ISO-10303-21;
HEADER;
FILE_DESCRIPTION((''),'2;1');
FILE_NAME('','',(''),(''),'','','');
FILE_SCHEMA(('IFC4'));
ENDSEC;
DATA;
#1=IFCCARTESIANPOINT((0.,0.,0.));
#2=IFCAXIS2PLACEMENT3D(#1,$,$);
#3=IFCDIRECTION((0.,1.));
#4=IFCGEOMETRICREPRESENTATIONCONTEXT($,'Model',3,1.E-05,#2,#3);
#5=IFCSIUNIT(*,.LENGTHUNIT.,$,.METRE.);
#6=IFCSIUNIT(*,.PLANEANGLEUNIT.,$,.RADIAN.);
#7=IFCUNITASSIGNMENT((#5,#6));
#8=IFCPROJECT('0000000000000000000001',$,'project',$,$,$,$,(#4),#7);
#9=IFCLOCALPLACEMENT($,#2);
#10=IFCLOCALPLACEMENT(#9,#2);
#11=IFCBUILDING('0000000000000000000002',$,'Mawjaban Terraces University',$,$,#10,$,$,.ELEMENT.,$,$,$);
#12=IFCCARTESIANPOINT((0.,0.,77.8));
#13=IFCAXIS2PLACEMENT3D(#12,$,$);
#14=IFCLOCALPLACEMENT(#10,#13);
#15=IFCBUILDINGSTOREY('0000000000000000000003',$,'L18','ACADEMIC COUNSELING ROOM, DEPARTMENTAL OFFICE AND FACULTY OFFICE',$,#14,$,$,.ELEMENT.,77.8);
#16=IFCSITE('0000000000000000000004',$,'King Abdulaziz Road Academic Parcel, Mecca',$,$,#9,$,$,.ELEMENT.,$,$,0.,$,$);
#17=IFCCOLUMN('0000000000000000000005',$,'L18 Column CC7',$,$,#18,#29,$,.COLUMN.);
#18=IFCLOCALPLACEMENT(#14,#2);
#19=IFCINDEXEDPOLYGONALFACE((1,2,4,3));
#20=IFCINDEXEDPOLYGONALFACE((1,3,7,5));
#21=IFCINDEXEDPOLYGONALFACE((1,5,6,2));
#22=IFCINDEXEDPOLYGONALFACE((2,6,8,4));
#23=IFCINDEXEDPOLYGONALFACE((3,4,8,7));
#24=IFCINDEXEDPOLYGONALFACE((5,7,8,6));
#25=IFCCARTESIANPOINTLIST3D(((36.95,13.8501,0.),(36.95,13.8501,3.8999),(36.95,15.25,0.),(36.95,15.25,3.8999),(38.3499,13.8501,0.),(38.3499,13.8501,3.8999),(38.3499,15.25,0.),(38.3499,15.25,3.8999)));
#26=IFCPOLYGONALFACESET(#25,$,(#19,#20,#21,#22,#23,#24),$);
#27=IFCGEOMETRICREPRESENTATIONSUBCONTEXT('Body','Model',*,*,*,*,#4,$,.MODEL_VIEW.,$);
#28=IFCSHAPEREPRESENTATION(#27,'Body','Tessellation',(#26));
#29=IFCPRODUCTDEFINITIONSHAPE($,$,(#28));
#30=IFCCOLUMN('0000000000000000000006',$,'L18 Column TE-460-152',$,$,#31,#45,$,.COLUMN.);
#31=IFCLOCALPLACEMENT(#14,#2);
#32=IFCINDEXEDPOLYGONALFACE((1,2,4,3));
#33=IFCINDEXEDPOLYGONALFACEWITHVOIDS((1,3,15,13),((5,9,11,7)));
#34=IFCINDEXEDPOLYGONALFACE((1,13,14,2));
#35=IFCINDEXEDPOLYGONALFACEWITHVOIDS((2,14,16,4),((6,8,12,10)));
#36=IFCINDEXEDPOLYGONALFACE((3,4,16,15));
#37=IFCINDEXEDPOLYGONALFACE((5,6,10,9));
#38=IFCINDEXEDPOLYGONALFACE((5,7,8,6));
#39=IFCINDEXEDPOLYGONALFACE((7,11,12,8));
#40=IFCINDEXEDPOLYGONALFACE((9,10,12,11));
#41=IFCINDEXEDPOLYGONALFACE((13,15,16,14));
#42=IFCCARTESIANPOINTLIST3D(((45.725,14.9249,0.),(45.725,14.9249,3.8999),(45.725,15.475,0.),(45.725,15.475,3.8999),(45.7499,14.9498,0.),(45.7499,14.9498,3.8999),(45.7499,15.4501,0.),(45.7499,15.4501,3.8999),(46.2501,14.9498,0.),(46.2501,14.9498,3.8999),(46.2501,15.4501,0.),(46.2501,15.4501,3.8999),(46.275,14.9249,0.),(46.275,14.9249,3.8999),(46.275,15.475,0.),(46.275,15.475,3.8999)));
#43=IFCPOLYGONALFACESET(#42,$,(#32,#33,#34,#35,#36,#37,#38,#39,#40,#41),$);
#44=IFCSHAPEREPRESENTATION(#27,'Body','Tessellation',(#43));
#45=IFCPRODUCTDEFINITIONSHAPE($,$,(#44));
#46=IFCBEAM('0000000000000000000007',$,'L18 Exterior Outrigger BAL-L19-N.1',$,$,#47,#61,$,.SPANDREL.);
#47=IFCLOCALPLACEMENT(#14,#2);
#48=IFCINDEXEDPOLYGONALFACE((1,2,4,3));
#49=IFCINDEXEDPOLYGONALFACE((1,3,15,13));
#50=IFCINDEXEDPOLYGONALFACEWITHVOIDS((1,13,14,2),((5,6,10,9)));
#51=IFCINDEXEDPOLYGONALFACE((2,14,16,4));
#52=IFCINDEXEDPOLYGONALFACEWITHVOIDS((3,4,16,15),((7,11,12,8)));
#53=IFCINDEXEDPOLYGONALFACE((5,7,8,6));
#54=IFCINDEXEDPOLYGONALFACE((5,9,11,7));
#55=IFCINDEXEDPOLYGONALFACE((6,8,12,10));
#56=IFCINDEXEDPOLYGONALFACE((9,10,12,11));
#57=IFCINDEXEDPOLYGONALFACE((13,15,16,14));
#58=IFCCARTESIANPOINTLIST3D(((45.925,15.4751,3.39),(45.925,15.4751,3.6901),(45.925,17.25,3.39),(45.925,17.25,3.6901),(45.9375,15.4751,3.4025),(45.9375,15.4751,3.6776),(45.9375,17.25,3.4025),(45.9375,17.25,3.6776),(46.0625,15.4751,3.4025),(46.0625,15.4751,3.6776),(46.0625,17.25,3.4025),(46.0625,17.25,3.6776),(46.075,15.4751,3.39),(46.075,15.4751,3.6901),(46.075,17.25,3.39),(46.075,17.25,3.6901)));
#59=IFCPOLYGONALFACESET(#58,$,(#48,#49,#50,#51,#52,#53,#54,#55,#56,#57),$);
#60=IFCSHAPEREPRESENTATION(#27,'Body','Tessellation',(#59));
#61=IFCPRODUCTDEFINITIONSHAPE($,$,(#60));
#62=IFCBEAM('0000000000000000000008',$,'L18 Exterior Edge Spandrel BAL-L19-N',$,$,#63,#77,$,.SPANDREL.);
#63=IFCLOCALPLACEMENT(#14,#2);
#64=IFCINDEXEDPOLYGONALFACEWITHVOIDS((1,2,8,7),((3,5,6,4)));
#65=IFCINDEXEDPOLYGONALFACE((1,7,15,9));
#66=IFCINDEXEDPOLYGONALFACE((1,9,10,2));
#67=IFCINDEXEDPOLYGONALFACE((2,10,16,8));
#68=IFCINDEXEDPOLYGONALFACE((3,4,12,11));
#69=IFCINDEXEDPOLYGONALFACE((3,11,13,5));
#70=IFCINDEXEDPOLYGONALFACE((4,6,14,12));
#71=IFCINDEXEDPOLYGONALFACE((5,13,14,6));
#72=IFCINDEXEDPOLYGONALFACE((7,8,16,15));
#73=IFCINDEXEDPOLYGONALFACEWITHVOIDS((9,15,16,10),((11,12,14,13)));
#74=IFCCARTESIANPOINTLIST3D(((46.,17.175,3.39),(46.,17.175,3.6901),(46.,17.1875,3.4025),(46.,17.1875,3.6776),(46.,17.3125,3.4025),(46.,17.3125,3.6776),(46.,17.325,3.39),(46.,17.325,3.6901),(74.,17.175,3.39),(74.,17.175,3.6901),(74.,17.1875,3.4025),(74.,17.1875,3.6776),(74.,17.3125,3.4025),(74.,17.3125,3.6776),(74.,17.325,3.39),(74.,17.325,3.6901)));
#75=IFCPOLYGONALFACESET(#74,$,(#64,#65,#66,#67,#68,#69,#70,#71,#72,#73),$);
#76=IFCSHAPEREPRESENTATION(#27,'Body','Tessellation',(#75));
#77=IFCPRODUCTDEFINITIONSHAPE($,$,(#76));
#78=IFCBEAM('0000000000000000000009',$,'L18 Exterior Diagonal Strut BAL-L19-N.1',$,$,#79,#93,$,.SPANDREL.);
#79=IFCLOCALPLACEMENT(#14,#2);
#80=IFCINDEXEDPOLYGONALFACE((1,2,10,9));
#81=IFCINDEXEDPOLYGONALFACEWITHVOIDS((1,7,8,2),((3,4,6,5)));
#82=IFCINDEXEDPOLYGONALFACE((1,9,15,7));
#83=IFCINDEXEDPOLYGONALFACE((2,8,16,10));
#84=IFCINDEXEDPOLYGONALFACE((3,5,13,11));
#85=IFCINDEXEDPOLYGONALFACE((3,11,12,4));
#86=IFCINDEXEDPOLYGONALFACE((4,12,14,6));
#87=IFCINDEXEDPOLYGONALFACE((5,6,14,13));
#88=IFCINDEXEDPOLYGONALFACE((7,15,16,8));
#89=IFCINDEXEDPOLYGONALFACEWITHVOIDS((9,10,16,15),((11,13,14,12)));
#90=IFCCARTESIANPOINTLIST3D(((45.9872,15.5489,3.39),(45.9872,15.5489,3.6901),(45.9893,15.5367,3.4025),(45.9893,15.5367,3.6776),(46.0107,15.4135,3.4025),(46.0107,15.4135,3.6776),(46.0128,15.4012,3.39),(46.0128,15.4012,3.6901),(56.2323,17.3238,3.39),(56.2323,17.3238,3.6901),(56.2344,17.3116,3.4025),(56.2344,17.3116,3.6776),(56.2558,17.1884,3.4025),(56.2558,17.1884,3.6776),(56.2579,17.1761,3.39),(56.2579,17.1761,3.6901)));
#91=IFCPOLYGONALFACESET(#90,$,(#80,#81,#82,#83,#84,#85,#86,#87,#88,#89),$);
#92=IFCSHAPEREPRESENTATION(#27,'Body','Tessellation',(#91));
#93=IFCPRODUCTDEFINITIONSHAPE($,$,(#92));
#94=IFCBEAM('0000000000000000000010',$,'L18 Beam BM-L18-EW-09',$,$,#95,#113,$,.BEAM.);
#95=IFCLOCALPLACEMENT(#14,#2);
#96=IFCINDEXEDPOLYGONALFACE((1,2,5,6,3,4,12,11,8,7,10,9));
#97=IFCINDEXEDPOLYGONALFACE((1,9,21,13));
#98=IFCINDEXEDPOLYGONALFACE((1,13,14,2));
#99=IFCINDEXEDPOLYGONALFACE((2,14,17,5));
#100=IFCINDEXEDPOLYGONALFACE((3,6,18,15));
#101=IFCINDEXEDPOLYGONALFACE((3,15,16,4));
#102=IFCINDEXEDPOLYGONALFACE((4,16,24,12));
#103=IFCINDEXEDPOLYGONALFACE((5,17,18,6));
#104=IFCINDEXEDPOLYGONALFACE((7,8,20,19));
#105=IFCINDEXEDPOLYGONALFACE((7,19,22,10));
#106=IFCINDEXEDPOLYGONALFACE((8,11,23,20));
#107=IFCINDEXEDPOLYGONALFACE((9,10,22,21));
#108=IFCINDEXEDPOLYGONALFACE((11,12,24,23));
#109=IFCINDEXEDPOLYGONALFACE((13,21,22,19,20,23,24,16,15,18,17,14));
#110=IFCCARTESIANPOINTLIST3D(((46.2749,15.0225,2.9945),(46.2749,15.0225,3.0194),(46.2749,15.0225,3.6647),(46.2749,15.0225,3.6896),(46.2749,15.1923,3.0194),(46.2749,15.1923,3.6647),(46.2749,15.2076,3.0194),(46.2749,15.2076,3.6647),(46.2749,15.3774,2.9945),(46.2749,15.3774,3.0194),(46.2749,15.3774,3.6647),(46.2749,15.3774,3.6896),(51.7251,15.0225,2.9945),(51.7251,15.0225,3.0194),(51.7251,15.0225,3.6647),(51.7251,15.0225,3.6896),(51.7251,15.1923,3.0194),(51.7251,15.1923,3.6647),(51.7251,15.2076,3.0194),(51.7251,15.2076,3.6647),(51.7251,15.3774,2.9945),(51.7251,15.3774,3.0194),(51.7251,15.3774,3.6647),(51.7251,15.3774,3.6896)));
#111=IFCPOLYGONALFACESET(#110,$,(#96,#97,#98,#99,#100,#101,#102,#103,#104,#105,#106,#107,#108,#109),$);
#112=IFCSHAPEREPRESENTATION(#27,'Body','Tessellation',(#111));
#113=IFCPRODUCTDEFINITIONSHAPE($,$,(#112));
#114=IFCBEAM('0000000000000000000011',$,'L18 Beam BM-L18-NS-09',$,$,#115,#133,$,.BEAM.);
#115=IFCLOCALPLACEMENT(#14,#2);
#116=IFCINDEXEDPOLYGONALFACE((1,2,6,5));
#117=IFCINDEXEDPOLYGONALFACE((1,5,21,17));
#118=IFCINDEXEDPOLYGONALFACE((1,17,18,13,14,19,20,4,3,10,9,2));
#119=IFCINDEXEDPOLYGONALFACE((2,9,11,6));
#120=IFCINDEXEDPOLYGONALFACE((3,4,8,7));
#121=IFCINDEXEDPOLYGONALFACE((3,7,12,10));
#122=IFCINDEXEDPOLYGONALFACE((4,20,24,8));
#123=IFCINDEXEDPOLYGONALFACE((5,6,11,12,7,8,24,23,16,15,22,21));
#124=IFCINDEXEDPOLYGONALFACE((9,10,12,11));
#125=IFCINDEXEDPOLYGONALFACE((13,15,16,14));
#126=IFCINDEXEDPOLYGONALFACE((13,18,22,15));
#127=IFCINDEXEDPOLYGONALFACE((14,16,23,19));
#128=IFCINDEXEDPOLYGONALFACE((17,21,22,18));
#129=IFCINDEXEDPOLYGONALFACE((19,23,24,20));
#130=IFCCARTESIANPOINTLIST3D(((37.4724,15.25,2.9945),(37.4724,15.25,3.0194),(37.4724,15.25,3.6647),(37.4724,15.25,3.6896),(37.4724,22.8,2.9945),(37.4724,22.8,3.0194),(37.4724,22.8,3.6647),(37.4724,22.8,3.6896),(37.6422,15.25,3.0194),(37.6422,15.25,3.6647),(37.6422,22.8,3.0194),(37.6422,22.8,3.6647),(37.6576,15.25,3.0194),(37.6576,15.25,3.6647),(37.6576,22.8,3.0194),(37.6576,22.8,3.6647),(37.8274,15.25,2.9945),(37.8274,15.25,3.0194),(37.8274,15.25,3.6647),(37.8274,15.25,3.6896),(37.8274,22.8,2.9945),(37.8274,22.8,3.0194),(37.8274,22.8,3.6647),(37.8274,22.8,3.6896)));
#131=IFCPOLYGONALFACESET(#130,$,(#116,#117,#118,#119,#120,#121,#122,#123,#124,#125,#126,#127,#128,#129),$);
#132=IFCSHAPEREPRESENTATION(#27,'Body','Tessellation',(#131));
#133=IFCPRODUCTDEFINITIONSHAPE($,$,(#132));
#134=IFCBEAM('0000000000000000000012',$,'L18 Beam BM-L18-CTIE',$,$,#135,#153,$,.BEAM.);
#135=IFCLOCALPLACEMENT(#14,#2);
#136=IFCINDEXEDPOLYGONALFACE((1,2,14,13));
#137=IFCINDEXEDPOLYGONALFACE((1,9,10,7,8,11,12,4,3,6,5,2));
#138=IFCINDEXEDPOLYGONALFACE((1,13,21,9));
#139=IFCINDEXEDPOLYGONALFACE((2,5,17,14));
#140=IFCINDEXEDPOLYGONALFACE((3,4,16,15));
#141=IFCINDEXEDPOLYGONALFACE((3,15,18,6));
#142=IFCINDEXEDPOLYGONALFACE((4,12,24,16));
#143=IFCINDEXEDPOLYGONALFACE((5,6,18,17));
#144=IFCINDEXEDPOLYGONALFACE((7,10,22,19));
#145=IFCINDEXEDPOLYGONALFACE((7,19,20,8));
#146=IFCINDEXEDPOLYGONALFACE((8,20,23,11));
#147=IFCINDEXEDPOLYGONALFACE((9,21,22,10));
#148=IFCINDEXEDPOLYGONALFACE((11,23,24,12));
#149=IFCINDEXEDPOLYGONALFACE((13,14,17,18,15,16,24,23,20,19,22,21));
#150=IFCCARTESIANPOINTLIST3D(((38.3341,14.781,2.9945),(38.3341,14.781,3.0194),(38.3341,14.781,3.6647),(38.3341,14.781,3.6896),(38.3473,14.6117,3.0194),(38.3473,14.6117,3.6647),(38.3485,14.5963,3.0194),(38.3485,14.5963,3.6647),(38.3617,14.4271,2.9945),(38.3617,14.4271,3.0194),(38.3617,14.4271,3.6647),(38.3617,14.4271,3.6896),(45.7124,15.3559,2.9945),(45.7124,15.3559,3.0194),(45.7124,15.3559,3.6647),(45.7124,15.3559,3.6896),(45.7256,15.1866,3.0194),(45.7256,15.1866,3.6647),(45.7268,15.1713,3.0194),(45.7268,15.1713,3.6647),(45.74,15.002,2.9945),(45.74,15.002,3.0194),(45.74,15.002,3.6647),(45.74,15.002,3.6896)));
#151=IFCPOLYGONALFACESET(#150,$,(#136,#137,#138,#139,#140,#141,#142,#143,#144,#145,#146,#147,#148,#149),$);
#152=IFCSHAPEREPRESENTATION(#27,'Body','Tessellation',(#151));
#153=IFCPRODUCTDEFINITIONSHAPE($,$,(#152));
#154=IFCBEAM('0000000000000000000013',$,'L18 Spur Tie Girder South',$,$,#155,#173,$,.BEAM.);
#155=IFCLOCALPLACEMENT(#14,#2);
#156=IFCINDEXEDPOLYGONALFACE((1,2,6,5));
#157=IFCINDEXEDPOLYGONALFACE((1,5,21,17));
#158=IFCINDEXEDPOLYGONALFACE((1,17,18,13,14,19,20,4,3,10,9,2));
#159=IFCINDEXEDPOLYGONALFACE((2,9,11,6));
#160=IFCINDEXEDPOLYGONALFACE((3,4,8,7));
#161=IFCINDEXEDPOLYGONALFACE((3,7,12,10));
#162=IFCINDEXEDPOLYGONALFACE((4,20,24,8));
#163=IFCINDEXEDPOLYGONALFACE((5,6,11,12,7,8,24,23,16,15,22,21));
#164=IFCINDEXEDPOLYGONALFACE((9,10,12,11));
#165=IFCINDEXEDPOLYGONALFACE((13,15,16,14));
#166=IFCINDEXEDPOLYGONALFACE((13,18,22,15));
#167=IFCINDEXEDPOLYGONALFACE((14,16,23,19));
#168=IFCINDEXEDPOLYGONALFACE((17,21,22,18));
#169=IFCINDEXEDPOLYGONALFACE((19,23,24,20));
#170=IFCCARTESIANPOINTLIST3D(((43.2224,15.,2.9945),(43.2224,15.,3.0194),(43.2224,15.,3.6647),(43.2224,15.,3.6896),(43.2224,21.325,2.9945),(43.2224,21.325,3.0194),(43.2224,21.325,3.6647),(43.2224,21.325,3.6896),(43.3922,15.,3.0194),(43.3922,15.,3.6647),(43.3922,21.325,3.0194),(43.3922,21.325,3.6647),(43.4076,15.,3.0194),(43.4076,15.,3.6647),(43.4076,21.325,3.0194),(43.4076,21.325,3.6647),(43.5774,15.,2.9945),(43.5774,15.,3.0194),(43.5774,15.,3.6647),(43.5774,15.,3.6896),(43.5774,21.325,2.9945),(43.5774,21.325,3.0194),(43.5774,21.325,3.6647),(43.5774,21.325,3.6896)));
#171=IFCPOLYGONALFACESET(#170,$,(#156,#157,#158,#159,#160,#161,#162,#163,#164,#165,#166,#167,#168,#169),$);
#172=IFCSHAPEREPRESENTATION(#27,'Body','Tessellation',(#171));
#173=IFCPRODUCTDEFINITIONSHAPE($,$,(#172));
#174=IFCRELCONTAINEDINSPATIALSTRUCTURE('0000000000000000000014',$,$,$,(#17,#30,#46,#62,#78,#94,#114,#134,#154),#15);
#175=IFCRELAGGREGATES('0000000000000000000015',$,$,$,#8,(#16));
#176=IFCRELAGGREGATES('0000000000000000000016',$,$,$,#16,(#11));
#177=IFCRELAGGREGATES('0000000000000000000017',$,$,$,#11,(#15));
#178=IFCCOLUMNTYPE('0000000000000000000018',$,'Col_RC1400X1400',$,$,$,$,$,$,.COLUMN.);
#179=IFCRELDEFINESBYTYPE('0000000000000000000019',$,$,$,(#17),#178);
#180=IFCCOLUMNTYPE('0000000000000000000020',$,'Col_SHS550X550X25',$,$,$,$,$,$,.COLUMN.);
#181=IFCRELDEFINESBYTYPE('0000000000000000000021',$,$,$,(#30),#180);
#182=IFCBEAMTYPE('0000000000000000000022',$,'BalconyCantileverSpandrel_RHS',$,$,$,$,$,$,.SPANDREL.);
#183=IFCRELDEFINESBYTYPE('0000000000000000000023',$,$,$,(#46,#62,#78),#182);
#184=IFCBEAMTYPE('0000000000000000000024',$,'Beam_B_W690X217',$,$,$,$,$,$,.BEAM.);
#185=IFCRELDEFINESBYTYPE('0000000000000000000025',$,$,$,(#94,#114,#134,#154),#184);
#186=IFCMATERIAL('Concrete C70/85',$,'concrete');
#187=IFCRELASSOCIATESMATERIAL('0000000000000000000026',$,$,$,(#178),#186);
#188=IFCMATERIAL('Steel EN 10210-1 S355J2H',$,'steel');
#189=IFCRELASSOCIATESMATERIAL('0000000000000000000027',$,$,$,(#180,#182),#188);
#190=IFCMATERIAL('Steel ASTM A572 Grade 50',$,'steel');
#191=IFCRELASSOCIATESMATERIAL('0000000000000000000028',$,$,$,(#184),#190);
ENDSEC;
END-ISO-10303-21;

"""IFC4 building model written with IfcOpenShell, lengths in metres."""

from ifc_helpers import new_model, si_unit, direction, frame, origin, origin_2d, place, context, subcontext, project, spatial, rectangle, hollow_rectangle, i_section, extrude, material, material_profile, profile_set, type_object, element, save


model = new_model("IFC4")

# Units and contexts
model_context = context("Model", 3, precision=1e-05, world=origin(), true_north=direction((0.0, 1.0)))
body_context = subcontext(model_context, "Body", "Model", "MODEL_VIEW")
ifc_project = project(units=[si_unit("LENGTHUNIT", "METRE"), si_unit("PLANEANGLEUNIT", "RADIAN")], contexts=[model_context])

# Site, building, storey
site_placement = place(None, origin())
site = spatial("IfcSite", under=ifc_project, at=site_placement, Name="King Abdulaziz Road Academic Parcel, Mecca", CompositionType="ELEMENT", RefElevation=0.0)
building_placement = place(site_placement, origin())
building = spatial("IfcBuilding", under=site, at=building_placement, Name="Mawjaban Terraces University", CompositionType="ELEMENT")
storey_placement = place(building_placement, frame((0.0, 0.0, 77.8)))
storey = spatial("IfcBuildingStorey", under=building, at=storey_placement, Name="L18", Description="ACADEMIC COUNSELING ROOM, DEPARTMENTAL OFFICE AND FACULTY OFFICE", CompositionType="ELEMENT", Elevation=77.8)

# Columns
ifc_material_1 = material(Name="Concrete C70/85", Category="concrete")
ifc_material_profile_1 = material_profile(ifc_material_1, rectangle(XDim=1.3999, YDim=1.3999, at=origin_2d()), Name="RC1400X1400")
ifc_profile_set_1 = profile_set([ifc_material_profile_1], Name="Concrete C70/85")
column_type_1 = type_object("IfcColumnType", Name="Col_RC1400X1400", PredefinedType="COLUMN", material=ifc_profile_set_1)
column_1_placement = place(storey_placement, frame((37.6499, 14.55, 0.0), z_axis=(0.0, 0.0, 1.0), x_axis=(1.0, 0.0, 0.0)))
element("IfcColumn", 1, at=column_1_placement, inside=storey, type_object=column_type_1, Name="L18 Column CC7", PredefinedType="COLUMN", context=body_context, shape_type="SweptSolid", body=[
    extrude(rectangle(XDim=1.3999, YDim=1.3999, at=origin_2d()), origin(), (0.0, 0.0, 1.0), 3.8999),
])
ifc_material_2 = material(Name="Steel EN 10210-1 S355J2H", Category="steel")
ifc_material_profile_2 = material_profile(ifc_material_2, hollow_rectangle(XDim=0.55, YDim=0.55, WallThickness=0.0249, at=origin_2d()), Name="SHS550X550X25")
ifc_profile_set_2 = profile_set([ifc_material_profile_2], Name="Steel EN 10210-1 S355J2H")
column_type_2 = type_object("IfcColumnType", Name="Col_SHS550X550X25", PredefinedType="COLUMN", material=ifc_profile_set_2)
column_2_placement = place(storey_placement, frame((46.0, 15.2, 0.0), z_axis=(0.0, 0.0, 1.0), x_axis=(1.0, 0.0, 0.0)))
element("IfcColumn", 2, at=column_2_placement, inside=storey, type_object=column_type_2, Name="L18 Column TE-460-152", PredefinedType="COLUMN", context=body_context, shape_type="SweptSolid", body=[
    extrude(hollow_rectangle(XDim=0.55, YDim=0.55, WallThickness=0.0249, at=origin_2d()), origin(), (0.0, 0.0, 1.0), 3.8999),
])

# Beams
ifc_material_profile_3 = material_profile(ifc_material_2, hollow_rectangle(XDim=0.1499, YDim=0.3, WallThickness=0.0125, at=origin_2d()), Name="RHS300X150X12.5")
ifc_profile_set_3 = profile_set([ifc_material_profile_3], Name="Steel EN 10210-1 S355J2H")
beam_type_1 = type_object("IfcBeamType", Name="BalconyCantileverSpandrel_RHS", PredefinedType="SPANDREL", material=ifc_profile_set_3)
beam_1_placement = place(storey_placement, frame((46.0, 15.4751, 3.54), z_axis=(0.0, 1.0, 0.0), x_axis=(-1.0, 0.0, 0.0)))
element("IfcBeam", 3, at=beam_1_placement, inside=storey, type_object=beam_type_1, Name="L18 Exterior Outrigger BAL-L19-N.1", PredefinedType="SPANDREL", context=body_context, shape_type="SweptSolid", body=[
    extrude(hollow_rectangle(XDim=0.1499, YDim=0.3, WallThickness=0.0125, at=origin_2d()), origin(), (0.0, 0.0, 1.0), 1.7749),
])
beam_2_placement = place(storey_placement, frame((46.0, 17.25, 3.54), z_axis=(1.0, 0.0, 0.0), x_axis=(0.0, 1.0, 0.0)))
element("IfcBeam", 4, at=beam_2_placement, inside=storey, type_object=beam_type_1, Name="L18 Exterior Edge Spandrel BAL-L19-N", PredefinedType="SPANDREL", context=body_context, shape_type="SweptSolid", body=[
    extrude(hollow_rectangle(XDim=0.1499, YDim=0.3, WallThickness=0.0125, at=origin_2d()), origin(), (0.0, 0.0, 1.0), 28.0),
])
beam_3_placement = place(storey_placement, frame((46.0, 15.4751, 3.54), z_axis=(0.985323, 0.170701, 0.0), x_axis=(-0.170701, 0.985323, 0.0)))
element("IfcBeam", 5, at=beam_3_placement, inside=storey, type_object=beam_type_1, Name="L18 Exterior Diagonal Strut BAL-L19-N.1", PredefinedType="SPANDREL", context=body_context, shape_type="SweptSolid", body=[
    extrude(hollow_rectangle(XDim=0.1499, YDim=0.3, WallThickness=0.0125, at=origin_2d()), origin(), (0.0, 0.0, 1.0), 10.3977),
])
ifc_material_3 = material(Name="Steel ASTM A572 Grade 50", Category="steel")
ifc_material_profile_4 = material_profile(ifc_material_3, i_section(OverallWidth=0.355, OverallDepth=0.6951, WebThickness=0.0154, FlangeThickness=0.0249, at=origin_2d()), Name="W690X217")
ifc_profile_set_4 = profile_set([ifc_material_profile_4], Name="Steel ASTM A572 Grade 50")
beam_type_2 = type_object("IfcBeamType", Name="Beam_B_W690X217", PredefinedType="BEAM", material=ifc_profile_set_4)
beam_4_placement = place(storey_placement, frame((46.2749, 15.2, 3.342), z_axis=(1.0, 0.0, 0.0), x_axis=(0.0, 1.0, 0.0)))
element("IfcBeam", 6, at=beam_4_placement, inside=storey, type_object=beam_type_2, Name="L18 Beam BM-L18-EW-09", PredefinedType="BEAM", context=body_context, shape_type="SweptSolid", body=[
    extrude(i_section(OverallWidth=0.355, OverallDepth=0.6951, WebThickness=0.0154, FlangeThickness=0.0249, at=origin_2d()), origin(), (0.0, 0.0, 1.0), 5.4502),
])
beam_5_placement = place(storey_placement, frame((37.6499, 15.25, 3.342), z_axis=(0.0, 1.0, 0.0), x_axis=(-1.0, 0.0, 0.0)))
element("IfcBeam", 7, at=beam_5_placement, inside=storey, type_object=beam_type_2, Name="L18 Beam BM-L18-NS-09", PredefinedType="BEAM", context=body_context, shape_type="SweptSolid", body=[
    extrude(i_section(OverallWidth=0.355, OverallDepth=0.6951, WebThickness=0.0154, FlangeThickness=0.0249, at=origin_2d()), origin(), (0.0, 0.0, 1.0), 7.55),
])
beam_6_placement = place(storey_placement, frame((38.3479, 14.604, 3.342), z_axis=(0.996978, 0.07769, 0.0), x_axis=(-0.07769, 0.996978, 0.0)))
element("IfcBeam", 8, at=beam_6_placement, inside=storey, type_object=beam_type_2, Name="L18 Beam BM-L18-CTIE", PredefinedType="BEAM", context=body_context, shape_type="SweptSolid", body=[
    extrude(i_section(OverallWidth=0.355, OverallDepth=0.6951, WebThickness=0.0154, FlangeThickness=0.0249, at=origin_2d()), origin(), (0.0, 0.0, 1.0), 7.4006),
])
beam_7_placement = place(storey_placement, frame((43.3999, 15.0, 3.342), z_axis=(0.0, 1.0, 0.0), x_axis=(-1.0, 0.0, 0.0)))
element("IfcBeam", 9, at=beam_7_placement, inside=storey, type_object=beam_type_2, Name="L18 Spur Tie Girder South", PredefinedType="BEAM", context=body_context, shape_type="SweptSolid", body=[
    extrude(i_section(OverallWidth=0.355, OverallDepth=0.6951, WebThickness=0.0154, FlangeThickness=0.0249, at=origin_2d()), origin(), (0.0, 0.0, 1.0), 6.325),
])

save(model, "model.ifc")
